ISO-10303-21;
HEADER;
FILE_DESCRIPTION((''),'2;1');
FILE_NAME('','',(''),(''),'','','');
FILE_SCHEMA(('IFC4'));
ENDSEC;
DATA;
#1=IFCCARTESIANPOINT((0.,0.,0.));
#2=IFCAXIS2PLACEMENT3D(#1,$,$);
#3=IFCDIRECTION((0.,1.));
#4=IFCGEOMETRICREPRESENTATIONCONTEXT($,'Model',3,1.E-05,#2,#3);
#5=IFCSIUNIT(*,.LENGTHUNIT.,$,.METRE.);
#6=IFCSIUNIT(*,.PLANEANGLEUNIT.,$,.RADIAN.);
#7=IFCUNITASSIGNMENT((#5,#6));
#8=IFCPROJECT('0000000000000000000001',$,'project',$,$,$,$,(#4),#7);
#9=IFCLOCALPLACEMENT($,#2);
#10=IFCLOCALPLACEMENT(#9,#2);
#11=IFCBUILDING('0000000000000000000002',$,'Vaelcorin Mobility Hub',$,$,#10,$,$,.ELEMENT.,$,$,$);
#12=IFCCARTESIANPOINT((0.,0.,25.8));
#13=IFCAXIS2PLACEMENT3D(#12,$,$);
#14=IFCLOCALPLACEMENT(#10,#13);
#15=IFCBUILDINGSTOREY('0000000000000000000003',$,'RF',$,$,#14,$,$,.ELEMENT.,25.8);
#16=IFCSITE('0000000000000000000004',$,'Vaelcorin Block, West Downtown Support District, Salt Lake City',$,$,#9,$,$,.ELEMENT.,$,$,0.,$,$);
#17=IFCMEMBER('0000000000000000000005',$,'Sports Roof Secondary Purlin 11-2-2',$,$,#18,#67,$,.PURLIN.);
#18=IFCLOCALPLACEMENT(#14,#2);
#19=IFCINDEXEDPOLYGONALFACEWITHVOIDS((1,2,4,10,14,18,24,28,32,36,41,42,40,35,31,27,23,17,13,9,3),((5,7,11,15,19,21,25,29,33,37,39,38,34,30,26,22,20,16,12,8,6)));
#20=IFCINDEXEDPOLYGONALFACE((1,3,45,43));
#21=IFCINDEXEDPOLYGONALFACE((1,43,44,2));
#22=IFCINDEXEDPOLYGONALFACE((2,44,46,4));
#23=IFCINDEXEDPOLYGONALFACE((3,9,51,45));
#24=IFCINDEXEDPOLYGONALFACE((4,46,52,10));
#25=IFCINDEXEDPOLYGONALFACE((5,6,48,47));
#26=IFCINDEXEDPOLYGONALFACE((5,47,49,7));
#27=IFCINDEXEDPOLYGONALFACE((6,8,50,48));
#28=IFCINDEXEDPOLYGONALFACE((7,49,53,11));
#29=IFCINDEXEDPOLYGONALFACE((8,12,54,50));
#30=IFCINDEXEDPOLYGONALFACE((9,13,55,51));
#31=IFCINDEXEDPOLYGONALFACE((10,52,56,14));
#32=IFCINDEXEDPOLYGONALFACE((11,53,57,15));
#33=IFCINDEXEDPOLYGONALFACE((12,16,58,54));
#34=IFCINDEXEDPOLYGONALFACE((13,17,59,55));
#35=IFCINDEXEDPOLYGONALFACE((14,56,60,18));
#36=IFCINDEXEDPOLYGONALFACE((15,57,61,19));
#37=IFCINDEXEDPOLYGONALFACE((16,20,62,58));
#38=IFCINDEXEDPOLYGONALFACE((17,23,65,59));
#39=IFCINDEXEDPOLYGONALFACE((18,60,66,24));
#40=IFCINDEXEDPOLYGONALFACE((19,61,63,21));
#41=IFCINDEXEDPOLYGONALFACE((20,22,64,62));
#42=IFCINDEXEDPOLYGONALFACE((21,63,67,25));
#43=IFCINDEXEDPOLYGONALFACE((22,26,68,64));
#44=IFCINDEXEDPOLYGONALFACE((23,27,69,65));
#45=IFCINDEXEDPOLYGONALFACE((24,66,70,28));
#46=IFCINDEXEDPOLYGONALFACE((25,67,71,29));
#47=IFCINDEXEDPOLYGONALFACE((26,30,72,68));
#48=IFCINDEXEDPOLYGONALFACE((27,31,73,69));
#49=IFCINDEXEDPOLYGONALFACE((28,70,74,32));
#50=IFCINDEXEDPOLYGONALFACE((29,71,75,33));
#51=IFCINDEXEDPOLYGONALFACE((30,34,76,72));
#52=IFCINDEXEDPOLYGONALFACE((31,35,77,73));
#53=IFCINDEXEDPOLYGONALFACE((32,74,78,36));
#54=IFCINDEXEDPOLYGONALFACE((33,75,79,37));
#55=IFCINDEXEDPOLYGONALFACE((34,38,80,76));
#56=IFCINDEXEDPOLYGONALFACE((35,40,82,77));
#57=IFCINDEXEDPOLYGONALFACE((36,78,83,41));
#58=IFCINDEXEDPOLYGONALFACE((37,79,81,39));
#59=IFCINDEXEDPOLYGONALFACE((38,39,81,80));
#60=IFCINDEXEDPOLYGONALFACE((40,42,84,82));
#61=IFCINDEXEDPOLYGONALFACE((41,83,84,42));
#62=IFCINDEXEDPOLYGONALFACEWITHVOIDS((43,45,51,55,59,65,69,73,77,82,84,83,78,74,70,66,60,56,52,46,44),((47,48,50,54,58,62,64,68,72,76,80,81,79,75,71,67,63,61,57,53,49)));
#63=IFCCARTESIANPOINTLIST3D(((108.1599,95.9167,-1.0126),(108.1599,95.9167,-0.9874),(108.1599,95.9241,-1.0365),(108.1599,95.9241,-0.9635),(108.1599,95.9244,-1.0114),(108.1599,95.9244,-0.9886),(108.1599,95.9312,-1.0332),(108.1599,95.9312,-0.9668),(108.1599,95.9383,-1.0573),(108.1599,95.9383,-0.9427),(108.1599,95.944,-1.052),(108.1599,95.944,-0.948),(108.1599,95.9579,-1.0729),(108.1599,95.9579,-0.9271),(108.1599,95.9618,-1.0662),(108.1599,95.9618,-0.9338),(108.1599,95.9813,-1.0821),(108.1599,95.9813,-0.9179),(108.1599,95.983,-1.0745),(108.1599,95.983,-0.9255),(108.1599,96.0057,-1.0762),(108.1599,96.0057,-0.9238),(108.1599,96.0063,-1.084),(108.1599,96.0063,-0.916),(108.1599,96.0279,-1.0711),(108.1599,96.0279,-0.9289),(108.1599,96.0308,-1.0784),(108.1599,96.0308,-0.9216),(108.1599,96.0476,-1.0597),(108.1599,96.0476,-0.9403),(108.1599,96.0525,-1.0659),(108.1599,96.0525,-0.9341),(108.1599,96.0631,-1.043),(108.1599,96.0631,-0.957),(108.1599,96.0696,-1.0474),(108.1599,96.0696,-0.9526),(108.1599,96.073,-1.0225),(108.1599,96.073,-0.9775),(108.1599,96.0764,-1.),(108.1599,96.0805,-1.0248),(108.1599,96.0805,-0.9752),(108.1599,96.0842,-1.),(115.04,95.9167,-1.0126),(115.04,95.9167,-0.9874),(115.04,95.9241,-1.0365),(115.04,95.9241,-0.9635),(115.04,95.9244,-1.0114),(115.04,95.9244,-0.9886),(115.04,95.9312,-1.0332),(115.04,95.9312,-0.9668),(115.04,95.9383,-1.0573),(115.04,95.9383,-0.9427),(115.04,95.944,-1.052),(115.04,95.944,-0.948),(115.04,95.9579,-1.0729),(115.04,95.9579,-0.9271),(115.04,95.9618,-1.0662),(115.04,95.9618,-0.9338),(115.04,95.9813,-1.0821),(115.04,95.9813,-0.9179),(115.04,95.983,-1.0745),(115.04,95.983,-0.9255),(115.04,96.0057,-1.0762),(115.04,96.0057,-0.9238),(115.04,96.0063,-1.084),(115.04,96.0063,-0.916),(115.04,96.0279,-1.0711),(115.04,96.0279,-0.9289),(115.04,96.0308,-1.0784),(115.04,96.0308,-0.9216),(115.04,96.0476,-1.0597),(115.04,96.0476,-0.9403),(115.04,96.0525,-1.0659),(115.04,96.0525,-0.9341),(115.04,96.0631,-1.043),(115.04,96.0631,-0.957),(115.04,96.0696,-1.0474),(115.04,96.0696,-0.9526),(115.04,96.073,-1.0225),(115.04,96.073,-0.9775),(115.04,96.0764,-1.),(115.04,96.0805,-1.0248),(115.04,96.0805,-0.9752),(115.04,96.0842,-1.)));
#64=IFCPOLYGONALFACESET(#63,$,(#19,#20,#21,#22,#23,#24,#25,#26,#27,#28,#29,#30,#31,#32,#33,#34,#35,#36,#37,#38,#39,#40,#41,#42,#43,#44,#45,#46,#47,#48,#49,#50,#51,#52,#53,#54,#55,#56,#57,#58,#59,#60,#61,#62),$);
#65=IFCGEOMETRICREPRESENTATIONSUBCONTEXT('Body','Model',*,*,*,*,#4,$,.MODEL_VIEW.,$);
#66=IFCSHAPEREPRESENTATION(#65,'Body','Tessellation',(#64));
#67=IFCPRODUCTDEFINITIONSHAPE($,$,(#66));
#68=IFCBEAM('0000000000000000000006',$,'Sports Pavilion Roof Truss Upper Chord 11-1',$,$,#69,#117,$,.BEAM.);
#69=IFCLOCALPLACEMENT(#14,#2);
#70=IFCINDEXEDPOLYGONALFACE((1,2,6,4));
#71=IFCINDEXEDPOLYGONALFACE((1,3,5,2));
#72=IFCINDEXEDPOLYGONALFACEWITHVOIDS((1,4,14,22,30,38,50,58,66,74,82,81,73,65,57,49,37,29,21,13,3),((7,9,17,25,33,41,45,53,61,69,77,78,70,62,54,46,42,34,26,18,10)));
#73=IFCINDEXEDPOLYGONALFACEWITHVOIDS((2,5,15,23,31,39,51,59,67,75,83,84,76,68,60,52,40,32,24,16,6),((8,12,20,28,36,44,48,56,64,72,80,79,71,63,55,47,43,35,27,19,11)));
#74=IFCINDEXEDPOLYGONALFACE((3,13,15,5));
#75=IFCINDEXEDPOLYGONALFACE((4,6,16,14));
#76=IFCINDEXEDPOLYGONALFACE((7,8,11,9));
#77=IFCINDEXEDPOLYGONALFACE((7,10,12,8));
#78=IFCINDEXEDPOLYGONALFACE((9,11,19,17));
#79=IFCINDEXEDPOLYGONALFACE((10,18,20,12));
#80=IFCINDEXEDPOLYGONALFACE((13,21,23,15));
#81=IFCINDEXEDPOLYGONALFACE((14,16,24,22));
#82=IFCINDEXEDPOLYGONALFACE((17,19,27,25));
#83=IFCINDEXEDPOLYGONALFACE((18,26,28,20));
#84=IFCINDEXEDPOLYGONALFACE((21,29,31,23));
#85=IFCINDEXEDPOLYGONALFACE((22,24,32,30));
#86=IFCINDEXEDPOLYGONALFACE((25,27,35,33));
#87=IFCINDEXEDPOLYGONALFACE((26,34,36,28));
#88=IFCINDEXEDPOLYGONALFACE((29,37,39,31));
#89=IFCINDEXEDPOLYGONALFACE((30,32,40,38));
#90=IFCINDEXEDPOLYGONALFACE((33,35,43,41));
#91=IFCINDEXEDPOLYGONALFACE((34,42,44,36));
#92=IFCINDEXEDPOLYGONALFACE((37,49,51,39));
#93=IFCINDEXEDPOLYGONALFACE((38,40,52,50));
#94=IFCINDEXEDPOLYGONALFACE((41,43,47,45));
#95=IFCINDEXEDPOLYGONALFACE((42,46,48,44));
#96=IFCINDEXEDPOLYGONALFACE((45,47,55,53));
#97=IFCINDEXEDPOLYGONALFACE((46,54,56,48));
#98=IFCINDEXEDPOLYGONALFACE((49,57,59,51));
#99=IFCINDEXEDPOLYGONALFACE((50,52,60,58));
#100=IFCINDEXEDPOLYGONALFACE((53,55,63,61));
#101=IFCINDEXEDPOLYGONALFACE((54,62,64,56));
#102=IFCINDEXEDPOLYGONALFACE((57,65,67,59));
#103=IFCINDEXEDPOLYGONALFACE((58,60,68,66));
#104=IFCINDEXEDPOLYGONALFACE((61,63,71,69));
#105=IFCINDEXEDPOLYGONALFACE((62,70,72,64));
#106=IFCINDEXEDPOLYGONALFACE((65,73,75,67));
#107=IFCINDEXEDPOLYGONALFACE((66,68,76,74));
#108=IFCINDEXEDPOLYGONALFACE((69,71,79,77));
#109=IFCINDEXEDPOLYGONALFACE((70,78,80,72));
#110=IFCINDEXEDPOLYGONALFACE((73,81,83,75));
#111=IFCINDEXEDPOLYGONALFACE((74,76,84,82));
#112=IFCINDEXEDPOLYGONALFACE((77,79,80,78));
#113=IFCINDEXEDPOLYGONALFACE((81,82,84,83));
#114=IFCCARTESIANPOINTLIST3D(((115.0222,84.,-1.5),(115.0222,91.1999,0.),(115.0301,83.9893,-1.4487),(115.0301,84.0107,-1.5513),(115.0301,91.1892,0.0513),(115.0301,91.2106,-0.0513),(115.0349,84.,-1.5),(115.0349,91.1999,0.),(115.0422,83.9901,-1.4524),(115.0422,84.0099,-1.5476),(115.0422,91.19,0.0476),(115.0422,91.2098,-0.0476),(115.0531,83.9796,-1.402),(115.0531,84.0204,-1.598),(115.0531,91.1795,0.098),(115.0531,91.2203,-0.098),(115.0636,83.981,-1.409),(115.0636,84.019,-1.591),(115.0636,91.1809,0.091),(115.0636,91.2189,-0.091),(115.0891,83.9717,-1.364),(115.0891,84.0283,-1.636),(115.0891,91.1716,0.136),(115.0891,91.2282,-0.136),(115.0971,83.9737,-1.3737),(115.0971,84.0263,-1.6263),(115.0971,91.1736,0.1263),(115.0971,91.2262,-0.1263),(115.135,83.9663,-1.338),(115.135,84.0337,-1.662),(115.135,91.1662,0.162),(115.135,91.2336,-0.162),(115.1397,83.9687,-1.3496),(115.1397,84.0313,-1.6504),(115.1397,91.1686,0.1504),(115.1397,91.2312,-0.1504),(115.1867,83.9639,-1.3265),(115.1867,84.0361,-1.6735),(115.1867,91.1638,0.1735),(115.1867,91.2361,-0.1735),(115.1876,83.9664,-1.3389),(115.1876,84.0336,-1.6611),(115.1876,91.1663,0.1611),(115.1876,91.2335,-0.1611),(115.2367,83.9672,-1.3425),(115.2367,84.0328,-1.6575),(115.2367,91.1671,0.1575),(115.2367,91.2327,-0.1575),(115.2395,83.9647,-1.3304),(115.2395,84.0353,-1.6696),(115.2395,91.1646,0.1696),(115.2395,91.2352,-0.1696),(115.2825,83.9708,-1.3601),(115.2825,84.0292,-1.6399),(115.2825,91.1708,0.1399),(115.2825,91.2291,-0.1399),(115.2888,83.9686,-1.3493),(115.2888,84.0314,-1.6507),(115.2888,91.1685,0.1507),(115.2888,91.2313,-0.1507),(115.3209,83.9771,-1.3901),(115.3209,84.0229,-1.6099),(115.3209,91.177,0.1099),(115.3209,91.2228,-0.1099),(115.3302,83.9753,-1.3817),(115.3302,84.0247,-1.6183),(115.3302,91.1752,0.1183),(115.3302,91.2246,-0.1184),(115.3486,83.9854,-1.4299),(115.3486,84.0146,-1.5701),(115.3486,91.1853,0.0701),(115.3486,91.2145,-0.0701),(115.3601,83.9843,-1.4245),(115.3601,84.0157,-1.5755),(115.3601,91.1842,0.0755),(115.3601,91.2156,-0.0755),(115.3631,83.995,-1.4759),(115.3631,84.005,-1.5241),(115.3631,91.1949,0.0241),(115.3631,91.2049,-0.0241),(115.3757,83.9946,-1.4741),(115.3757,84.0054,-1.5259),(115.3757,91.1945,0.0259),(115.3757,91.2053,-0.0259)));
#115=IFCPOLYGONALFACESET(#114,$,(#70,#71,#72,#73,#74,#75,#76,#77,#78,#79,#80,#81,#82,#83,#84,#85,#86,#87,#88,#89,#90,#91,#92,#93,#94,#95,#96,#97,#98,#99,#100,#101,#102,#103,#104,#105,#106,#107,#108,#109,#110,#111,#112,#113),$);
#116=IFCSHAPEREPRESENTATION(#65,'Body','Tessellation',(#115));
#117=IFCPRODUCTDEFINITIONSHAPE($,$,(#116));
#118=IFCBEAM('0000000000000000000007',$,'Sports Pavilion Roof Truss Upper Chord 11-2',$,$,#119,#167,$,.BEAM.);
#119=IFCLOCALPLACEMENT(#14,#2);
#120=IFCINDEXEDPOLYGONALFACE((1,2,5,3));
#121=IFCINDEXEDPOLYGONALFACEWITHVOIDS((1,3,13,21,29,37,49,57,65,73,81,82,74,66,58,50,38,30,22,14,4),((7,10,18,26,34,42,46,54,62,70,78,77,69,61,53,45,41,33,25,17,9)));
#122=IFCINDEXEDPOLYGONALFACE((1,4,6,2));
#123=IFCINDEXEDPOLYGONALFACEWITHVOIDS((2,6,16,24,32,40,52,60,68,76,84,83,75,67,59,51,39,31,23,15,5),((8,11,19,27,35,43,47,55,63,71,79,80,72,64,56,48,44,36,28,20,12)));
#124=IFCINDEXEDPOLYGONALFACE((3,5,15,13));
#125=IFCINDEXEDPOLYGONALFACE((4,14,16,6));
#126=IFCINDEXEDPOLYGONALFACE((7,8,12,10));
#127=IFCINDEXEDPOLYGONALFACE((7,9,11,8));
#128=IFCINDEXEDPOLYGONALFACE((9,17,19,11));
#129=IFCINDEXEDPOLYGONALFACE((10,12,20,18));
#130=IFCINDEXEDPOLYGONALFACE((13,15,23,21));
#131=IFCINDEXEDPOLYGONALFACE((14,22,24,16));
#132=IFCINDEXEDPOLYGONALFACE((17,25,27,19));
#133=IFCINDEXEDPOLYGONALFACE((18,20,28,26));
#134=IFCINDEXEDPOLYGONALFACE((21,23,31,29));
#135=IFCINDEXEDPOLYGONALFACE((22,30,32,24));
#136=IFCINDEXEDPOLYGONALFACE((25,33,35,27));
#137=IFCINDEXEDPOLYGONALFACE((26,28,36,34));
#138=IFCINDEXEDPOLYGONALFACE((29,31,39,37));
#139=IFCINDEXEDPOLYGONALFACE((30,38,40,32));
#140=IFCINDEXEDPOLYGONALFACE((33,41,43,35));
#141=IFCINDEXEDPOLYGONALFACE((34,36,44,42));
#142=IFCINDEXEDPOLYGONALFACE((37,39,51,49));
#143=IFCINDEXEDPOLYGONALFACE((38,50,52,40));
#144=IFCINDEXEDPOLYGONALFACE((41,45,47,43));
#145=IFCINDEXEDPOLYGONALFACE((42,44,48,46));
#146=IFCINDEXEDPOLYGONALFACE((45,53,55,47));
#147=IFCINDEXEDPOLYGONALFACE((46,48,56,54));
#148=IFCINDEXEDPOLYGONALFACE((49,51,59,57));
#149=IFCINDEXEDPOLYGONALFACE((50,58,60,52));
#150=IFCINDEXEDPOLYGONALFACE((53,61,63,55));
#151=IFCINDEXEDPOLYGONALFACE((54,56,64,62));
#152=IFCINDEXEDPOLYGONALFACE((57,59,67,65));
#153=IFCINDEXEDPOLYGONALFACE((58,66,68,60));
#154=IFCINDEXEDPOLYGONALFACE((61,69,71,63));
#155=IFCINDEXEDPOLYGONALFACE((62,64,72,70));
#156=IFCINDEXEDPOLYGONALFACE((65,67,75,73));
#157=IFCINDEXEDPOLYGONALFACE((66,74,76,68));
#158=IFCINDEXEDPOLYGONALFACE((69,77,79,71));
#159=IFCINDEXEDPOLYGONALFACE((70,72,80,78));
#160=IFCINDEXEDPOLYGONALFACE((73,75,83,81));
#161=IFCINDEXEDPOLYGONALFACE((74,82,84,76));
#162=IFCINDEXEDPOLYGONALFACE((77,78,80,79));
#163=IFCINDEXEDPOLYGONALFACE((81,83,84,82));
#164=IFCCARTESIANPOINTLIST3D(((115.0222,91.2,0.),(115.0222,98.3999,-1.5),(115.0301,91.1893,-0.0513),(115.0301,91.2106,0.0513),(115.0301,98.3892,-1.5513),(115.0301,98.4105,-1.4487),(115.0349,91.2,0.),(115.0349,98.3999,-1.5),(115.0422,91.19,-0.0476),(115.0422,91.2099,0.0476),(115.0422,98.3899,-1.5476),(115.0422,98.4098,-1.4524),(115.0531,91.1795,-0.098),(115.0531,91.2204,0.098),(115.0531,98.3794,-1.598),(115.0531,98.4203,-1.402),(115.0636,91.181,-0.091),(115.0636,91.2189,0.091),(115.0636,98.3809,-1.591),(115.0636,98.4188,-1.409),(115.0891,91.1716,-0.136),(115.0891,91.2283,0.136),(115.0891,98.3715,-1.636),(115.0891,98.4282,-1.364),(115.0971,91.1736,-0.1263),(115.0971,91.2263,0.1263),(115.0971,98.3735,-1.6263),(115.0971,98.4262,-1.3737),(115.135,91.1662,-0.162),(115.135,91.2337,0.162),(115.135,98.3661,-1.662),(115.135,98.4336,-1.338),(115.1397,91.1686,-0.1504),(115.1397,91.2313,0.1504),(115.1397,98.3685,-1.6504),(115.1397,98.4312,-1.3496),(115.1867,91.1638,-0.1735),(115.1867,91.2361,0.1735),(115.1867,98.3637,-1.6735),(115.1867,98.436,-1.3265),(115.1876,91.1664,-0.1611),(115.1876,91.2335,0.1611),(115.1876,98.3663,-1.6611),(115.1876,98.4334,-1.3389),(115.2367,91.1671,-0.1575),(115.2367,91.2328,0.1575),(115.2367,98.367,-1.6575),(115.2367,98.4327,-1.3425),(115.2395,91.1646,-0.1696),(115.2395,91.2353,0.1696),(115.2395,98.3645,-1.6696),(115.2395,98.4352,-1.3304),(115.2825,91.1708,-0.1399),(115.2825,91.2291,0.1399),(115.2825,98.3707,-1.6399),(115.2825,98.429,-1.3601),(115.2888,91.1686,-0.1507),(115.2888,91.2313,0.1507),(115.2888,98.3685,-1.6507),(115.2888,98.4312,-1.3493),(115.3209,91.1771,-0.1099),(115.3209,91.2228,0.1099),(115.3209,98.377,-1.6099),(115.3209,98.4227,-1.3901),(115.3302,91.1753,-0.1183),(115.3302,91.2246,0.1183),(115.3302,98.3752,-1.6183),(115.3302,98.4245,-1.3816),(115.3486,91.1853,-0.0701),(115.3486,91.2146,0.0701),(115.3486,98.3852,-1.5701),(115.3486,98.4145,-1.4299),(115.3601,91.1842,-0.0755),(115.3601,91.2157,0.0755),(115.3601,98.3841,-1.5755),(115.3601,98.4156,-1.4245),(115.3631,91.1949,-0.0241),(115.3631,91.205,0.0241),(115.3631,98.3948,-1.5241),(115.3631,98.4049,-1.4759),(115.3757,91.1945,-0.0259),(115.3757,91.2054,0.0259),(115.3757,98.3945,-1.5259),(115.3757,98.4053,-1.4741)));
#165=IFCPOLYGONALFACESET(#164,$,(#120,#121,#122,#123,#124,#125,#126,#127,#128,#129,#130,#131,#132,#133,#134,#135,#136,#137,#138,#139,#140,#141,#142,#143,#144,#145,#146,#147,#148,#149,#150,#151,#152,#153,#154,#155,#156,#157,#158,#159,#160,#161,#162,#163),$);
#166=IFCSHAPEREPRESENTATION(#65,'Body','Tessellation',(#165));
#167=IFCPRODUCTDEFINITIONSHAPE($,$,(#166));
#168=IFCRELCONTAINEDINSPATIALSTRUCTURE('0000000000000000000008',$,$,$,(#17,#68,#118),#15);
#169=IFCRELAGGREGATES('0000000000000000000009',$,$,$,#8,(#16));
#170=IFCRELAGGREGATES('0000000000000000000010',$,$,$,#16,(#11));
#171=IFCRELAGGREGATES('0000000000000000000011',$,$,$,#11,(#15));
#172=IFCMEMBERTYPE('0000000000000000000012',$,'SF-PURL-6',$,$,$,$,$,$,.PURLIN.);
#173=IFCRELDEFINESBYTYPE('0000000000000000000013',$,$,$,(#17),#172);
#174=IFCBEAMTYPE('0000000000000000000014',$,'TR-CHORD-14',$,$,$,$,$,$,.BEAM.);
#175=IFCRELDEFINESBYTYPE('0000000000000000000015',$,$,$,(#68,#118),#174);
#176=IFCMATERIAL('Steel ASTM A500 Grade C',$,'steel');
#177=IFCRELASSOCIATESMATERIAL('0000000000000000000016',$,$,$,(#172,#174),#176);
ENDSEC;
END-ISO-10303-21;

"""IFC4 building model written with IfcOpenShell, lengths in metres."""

from ifc_helpers import new_model, si_unit, direction, frame, origin, origin_2d, place, context, subcontext, project, spatial, hollow_circle, extrude, material, material_profile, profile_set, type_object, element, save


model = new_model("IFC4")

# Units and contexts
model_context = context("Model", 3, precision=1e-05, world=origin(), true_north=direction((0.0, 1.0)))
body_context = subcontext(model_context, "Body", "Model", "MODEL_VIEW")
ifc_project = project(units=[si_unit("LENGTHUNIT", "METRE"), si_unit("PLANEANGLEUNIT", "RADIAN")], contexts=[model_context])

# Site, building, storey
site_placement = place(None, origin())
site = spatial("IfcSite", under=ifc_project, at=site_placement, Name="Vaelcorin Block, West Downtown Support District, Salt Lake City", CompositionType="ELEMENT", RefElevation=0.0)
building_placement = place(site_placement, origin())
building = spatial("IfcBuilding", under=site, at=building_placement, Name="Vaelcorin Mobility Hub", CompositionType="ELEMENT")
storey_placement = place(building_placement, frame((0.0, 0.0, 25.8)))
storey = spatial("IfcBuildingStorey", under=building, at=storey_placement, Name="RF", CompositionType="ELEMENT", Elevation=25.8)

# Member
ifc_material_1 = material(Name="Steel ASTM A500 Grade C", Category="steel")
ifc_material_profile_1 = material_profile(ifc_material_1, hollow_circle(Radius=0.0842, WallThickness=0.0078, at=origin_2d()), Name="HSS6.625X0.312")
ifc_profile_set_1 = profile_set([ifc_material_profile_1], Name="Steel ASTM A500 Grade C")
member_type_1 = type_object("IfcMemberType", Name="SF-PURL-6", PredefinedType="PURLIN", material=ifc_profile_set_1)
for number, where, z_axis, x_axis, name in (
    (1, (108.1599, 96.0, -1.0), (1.0, 0.0, 0.0), (0.0, 1.0, 0.0), "Sports Roof Secondary Purlin 11-2-2"),
):
    element("IfcMember", number, at=place(storey_placement, frame(where, z_axis=z_axis, x_axis=x_axis)), inside=storey, type_object=member_type_1, Name=name, PredefinedType="PURLIN", context=body_context, shape_type="SweptSolid", body=[
        extrude(hollow_circle(Radius=0.0842, WallThickness=0.0078, at=origin_2d()), origin(), (0.0, 0.0, 1.0), 6.8801),
    ])

# Beams
ifc_material_profile_2 = material_profile(ifc_material_1, hollow_circle(Radius=0.1777, WallThickness=0.0127, at=origin_2d()), Name="HSS14.000X0.500")
ifc_profile_set_2 = profile_set([ifc_material_profile_2], Name="Steel ASTM A500 Grade C")
beam_type_1 = type_object("IfcBeamType", Name="TR-CHORD-14", PredefinedType="BEAM", material=ifc_profile_set_2)
for number, where, z_axis, x_axis, name in (
    (2, (115.2, 84.0, -1.5), (0.0, 0.97898, 0.203956), (-1.0, 0.0, 0.0), "Sports Pavilion Roof Truss Upper Chord 11-1"),
    (3, (115.2, 91.2, 0.0), (0.0, 0.97898, -0.203956), (-1.0, 0.0, 0.0), "Sports Pavilion Roof Truss Upper Chord 11-2"),
):
    element("IfcBeam", number, at=place(storey_placement, frame(where, z_axis=z_axis, x_axis=x_axis)), inside=storey, type_object=beam_type_1, Name=name, PredefinedType="BEAM", context=body_context, shape_type="SweptSolid", body=[
        extrude(hollow_circle(Radius=0.1777, WallThickness=0.0127, at=origin_2d()), origin(), (0.0, 0.0, 1.0), 7.3545),
    ])

save(model, "model.ifc")
